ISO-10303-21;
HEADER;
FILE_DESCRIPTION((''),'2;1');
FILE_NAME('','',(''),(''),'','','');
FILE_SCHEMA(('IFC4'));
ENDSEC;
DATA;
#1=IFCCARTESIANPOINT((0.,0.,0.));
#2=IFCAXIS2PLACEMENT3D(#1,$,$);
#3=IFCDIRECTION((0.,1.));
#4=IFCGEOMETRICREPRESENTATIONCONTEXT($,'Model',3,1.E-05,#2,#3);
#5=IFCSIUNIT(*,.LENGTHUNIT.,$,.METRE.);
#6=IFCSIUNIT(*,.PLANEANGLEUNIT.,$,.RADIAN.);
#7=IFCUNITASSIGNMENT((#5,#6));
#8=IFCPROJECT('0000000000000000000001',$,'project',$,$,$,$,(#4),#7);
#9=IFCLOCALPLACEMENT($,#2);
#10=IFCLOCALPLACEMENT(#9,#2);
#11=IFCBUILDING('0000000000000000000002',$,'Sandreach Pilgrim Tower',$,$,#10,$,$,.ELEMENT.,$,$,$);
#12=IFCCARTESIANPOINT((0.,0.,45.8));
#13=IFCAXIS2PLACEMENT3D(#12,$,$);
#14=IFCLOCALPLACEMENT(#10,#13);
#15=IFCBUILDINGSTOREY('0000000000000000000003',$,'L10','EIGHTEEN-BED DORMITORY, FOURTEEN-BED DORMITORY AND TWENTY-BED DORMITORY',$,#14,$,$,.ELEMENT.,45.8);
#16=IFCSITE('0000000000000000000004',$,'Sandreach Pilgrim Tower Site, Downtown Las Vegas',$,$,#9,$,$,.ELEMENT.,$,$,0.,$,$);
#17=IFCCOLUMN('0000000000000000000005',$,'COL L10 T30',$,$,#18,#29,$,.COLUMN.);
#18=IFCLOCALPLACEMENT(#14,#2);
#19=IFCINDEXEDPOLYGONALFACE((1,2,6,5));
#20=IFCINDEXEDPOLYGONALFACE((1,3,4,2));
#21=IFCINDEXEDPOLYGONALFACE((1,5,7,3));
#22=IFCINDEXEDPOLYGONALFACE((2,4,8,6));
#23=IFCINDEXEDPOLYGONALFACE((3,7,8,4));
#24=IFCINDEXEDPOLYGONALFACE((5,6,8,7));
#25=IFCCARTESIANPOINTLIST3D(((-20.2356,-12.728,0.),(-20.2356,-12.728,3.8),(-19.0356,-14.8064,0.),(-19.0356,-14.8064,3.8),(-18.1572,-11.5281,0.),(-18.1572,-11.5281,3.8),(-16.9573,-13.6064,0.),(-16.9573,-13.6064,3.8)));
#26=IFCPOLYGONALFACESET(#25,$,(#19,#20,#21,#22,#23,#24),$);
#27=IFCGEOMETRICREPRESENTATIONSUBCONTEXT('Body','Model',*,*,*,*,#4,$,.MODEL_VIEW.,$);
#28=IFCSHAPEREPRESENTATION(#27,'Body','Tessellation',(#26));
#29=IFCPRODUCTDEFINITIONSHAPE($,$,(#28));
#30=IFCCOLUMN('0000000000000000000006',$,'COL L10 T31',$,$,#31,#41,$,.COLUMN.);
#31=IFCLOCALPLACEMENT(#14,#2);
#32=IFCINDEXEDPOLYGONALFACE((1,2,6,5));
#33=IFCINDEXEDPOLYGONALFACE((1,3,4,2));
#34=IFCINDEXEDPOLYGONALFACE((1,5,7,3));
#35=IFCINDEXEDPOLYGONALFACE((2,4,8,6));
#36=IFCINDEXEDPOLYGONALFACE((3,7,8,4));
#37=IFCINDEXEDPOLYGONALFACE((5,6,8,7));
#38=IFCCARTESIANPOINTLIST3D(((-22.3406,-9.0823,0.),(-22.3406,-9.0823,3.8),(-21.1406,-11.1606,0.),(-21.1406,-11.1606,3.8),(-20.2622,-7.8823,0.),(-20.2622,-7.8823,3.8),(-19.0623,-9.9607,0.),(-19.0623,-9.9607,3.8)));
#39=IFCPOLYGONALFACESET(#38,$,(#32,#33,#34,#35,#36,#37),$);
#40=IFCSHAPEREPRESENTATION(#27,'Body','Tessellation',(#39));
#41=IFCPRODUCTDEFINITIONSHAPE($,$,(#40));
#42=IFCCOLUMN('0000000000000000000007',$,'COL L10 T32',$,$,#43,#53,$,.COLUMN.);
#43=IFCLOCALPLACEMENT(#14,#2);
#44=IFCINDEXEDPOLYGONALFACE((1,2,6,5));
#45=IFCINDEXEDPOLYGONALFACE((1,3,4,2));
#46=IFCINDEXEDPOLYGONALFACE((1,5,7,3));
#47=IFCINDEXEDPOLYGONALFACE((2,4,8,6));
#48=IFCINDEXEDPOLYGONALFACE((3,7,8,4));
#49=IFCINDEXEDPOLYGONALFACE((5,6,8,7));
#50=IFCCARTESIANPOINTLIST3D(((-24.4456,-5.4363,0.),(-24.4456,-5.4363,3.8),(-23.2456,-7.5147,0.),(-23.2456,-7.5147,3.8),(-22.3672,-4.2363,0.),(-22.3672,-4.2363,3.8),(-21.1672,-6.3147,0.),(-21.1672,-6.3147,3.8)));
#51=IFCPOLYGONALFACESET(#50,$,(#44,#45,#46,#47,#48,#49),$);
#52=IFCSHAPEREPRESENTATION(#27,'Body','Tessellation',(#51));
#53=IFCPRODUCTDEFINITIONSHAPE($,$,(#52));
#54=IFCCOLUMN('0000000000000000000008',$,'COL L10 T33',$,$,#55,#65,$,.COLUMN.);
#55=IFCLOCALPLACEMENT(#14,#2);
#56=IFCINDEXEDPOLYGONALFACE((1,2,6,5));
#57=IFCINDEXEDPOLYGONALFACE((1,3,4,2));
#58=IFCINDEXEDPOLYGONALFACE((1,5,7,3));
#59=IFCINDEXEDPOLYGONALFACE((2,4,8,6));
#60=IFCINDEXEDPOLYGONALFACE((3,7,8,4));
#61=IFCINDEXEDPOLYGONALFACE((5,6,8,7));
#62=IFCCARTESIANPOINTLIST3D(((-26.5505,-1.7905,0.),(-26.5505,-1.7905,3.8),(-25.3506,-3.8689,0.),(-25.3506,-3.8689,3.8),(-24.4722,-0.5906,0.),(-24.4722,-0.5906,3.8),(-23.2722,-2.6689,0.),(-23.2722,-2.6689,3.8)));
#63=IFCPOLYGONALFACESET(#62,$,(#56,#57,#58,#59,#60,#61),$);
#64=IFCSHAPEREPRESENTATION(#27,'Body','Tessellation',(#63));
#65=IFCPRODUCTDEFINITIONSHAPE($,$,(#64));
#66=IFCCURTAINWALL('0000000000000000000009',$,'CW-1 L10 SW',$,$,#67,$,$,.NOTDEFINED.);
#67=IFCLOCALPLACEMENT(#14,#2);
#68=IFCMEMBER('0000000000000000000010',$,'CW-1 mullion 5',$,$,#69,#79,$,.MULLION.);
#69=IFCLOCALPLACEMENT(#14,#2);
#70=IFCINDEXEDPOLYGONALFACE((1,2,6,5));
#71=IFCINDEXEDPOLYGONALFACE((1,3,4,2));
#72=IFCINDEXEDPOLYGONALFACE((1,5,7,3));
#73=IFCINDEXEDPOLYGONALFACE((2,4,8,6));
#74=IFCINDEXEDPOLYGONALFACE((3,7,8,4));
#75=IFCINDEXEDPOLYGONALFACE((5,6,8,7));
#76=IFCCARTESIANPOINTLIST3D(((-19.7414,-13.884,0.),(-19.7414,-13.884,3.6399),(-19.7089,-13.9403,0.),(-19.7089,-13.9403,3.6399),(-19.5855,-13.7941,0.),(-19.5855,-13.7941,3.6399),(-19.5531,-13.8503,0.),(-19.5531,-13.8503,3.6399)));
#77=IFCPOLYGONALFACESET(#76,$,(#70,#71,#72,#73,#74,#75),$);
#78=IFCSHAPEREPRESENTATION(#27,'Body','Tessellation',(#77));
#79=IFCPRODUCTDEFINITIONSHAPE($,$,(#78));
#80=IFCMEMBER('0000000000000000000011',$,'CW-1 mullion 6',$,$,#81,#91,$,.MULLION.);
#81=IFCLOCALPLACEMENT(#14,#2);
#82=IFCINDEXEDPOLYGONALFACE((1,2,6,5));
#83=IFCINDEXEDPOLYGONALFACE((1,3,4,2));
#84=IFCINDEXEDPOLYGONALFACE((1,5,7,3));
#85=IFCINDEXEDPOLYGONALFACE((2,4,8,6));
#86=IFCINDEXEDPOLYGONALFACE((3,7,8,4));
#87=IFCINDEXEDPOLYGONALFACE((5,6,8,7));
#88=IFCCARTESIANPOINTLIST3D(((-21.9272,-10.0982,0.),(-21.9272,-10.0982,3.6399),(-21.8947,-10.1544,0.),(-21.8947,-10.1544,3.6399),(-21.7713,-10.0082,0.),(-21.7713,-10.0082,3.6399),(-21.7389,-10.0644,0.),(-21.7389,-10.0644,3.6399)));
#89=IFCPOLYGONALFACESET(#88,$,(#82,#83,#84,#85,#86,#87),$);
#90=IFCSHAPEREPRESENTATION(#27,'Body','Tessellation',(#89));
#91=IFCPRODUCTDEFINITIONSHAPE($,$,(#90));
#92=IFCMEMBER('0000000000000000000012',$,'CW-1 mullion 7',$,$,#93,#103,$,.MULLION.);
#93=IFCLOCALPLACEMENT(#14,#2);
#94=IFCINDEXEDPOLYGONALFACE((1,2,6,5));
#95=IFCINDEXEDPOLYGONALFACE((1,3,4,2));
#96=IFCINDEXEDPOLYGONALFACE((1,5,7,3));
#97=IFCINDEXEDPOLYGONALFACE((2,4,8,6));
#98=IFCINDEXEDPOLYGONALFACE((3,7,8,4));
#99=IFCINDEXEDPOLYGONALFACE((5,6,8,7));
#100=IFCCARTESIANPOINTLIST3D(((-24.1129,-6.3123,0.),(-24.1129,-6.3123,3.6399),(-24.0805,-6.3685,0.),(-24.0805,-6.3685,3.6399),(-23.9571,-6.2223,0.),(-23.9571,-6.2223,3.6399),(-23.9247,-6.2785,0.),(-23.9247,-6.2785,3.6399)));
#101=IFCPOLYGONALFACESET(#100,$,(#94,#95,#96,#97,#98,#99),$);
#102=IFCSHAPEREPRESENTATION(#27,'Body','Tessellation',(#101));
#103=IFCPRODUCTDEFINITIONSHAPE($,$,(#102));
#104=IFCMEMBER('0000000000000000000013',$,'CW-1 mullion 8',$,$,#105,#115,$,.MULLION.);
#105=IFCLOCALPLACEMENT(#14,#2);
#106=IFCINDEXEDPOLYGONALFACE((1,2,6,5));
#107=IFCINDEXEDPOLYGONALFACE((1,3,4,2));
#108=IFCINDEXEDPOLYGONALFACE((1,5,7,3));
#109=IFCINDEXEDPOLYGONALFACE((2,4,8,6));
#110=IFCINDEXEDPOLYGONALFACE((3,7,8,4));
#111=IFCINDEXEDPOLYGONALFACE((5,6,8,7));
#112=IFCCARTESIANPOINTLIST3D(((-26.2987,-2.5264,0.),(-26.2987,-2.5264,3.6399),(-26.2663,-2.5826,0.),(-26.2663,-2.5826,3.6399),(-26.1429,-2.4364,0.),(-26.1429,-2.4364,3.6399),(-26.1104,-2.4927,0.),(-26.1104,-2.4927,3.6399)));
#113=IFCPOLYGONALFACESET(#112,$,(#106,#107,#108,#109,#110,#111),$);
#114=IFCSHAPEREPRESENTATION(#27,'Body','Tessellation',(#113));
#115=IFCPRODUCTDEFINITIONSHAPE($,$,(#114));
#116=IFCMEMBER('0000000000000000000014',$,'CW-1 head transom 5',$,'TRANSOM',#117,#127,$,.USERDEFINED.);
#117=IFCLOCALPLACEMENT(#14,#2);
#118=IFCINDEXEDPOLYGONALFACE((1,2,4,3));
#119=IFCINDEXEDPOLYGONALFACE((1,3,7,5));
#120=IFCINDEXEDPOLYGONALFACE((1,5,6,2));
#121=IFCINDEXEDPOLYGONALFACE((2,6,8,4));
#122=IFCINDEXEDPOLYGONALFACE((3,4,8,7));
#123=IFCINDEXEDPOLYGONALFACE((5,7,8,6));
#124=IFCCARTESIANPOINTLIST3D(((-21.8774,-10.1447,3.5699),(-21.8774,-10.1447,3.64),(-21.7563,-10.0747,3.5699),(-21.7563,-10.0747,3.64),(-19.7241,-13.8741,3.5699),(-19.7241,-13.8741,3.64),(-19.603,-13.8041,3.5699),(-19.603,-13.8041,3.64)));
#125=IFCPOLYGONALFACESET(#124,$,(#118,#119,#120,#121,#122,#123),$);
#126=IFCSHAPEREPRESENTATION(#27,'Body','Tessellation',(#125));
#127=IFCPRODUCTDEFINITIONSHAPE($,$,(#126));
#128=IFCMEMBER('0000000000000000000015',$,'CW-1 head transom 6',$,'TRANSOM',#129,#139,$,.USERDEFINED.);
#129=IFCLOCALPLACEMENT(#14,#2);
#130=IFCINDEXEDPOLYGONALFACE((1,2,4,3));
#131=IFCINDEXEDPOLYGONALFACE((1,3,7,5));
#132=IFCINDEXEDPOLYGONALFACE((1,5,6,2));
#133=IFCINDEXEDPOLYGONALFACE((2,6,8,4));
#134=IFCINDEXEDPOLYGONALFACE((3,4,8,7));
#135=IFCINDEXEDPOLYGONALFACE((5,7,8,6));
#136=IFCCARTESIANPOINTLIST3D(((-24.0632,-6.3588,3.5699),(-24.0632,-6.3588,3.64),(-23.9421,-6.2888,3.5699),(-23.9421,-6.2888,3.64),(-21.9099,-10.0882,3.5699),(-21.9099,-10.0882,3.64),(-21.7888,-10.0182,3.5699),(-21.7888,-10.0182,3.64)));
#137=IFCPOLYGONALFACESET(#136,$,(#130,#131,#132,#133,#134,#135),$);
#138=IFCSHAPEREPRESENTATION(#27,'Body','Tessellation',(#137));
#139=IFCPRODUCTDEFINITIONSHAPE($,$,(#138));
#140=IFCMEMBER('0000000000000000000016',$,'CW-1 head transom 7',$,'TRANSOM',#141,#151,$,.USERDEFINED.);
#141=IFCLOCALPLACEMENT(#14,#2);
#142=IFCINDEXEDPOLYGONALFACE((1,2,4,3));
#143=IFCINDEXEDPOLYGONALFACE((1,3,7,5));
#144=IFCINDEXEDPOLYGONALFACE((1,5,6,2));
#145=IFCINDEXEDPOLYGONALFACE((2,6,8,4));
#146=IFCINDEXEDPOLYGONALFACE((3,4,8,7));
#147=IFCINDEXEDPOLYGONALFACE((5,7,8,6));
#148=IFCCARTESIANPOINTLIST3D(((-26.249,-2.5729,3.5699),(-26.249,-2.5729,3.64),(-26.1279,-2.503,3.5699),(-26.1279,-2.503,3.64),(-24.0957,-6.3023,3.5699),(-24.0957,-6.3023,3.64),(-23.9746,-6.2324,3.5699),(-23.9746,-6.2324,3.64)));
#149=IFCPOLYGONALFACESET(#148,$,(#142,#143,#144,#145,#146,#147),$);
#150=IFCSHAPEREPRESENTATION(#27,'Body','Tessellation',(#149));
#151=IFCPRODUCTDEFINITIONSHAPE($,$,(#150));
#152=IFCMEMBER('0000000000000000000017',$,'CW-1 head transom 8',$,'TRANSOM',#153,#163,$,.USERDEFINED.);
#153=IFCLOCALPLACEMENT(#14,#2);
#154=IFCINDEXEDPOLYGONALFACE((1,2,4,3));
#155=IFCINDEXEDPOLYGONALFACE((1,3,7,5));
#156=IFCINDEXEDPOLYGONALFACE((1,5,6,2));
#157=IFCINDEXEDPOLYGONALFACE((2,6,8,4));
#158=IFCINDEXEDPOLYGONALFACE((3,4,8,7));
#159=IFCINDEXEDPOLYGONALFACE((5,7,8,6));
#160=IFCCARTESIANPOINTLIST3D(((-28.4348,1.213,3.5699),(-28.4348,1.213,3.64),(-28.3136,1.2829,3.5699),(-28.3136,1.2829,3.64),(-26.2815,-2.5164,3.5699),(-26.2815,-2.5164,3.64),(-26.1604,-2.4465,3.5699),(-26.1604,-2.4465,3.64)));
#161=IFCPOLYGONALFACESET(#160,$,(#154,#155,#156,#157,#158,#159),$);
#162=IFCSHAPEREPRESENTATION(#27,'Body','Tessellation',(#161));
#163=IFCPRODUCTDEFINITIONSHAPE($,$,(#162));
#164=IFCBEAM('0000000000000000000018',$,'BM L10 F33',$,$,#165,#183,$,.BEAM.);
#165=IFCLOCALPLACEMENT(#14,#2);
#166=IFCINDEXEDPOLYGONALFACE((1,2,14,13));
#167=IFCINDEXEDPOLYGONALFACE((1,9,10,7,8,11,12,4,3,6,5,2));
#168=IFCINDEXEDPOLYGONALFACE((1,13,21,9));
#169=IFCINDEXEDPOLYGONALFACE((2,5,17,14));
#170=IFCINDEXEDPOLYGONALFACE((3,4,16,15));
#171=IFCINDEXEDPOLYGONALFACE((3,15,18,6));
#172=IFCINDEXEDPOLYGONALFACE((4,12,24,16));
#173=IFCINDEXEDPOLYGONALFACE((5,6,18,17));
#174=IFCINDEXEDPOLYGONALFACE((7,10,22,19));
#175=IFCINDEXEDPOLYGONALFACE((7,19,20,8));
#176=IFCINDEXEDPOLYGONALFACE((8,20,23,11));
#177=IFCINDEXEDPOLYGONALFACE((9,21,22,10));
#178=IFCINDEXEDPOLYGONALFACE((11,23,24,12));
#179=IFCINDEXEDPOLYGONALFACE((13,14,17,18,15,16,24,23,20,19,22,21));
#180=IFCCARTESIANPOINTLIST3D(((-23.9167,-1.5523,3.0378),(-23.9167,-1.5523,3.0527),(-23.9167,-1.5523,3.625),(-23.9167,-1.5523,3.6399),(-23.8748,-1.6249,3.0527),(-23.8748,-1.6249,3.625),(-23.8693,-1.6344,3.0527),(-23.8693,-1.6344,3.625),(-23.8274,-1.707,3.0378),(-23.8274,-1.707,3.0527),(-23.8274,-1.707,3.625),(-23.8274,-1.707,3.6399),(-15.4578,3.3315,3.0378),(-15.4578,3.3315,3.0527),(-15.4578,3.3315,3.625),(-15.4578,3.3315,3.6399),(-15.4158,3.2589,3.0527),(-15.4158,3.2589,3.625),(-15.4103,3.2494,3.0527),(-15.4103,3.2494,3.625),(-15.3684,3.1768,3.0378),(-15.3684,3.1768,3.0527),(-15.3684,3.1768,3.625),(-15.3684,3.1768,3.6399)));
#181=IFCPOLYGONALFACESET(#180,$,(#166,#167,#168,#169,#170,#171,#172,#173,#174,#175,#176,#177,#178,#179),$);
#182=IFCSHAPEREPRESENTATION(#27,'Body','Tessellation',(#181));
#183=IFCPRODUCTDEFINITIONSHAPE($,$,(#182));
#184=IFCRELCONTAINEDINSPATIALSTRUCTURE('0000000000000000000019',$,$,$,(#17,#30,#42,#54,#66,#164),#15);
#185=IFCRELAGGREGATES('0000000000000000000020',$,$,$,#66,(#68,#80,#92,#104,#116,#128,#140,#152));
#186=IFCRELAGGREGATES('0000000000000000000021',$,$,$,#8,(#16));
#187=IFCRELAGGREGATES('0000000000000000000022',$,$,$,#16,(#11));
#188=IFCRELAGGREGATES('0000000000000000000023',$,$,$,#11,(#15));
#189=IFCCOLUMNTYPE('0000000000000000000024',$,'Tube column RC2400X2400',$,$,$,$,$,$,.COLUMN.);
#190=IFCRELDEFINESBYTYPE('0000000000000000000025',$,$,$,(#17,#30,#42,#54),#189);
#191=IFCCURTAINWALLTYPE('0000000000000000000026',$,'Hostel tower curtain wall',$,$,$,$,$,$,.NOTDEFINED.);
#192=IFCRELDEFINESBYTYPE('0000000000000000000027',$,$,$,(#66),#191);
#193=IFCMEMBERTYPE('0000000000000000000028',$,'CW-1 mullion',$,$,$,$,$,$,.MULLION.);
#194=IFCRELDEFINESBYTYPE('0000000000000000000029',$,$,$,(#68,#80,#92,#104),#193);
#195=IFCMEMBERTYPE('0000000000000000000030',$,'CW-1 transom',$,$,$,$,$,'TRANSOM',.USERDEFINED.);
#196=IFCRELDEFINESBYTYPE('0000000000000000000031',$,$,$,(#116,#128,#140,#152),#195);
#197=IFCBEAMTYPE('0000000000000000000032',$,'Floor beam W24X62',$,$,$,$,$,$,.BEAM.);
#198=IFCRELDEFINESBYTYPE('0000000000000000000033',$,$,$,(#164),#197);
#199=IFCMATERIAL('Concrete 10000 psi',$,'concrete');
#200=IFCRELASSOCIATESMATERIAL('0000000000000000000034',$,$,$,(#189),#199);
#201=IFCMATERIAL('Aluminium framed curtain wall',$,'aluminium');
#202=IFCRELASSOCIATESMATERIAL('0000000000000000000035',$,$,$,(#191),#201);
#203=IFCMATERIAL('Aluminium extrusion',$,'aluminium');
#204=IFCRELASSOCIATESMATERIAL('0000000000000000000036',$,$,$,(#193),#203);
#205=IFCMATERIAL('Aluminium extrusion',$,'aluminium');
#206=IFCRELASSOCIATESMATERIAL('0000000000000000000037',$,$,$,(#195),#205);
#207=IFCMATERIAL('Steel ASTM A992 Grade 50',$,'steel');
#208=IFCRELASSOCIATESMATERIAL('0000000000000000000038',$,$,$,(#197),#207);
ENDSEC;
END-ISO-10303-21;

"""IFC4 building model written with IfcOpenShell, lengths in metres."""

from ifc_helpers import new_model, si_unit, direction, frame, origin, origin_2d, place, context, subcontext, project, spatial, rectangle, i_section, extrude, material, material_profile, profile_set, type_object, element, aggregate, save


model = new_model("IFC4")

# Units and contexts
model_context = context("Model", 3, precision=1e-05, world=origin(), true_north=direction((0.0, 1.0)))
body_context = subcontext(model_context, "Body", "Model", "MODEL_VIEW")
ifc_project = project(units=[si_unit("LENGTHUNIT", "METRE"), si_unit("PLANEANGLEUNIT", "RADIAN")], contexts=[model_context])

# Site, building, storey
site_placement = place(None, origin())
site = spatial("IfcSite", under=ifc_project, at=site_placement, Name="Sandreach Pilgrim Tower Site, Downtown Las Vegas", CompositionType="ELEMENT", RefElevation=0.0)
building_placement = place(site_placement, origin())
building = spatial("IfcBuilding", under=site, at=building_placement, Name="Sandreach Pilgrim Tower", CompositionType="ELEMENT")
storey_placement = place(building_placement, frame((0.0, 0.0, 45.8)))
storey = spatial("IfcBuildingStorey", under=building, at=storey_placement, Name="L10", Description="EIGHTEEN-BED DORMITORY, FOURTEEN-BED DORMITORY AND TWENTY-BED DORMITORY", CompositionType="ELEMENT", Elevation=45.8)

# Columns
ifc_material_1 = material(Name="Concrete 10000 psi", Category="concrete")
ifc_material_profile_1 = material_profile(ifc_material_1, rectangle(XDim=2.3999, YDim=2.3999, at=origin_2d()), Name="RC2400X2400")
ifc_profile_set_1 = profile_set([ifc_material_profile_1], Name="Concrete 10000 psi")
column_type = type_object("IfcColumnType", Name="Tube column RC2400X2400", PredefinedType="COLUMN", material=ifc_profile_set_1)
for number, where, z_axis, x_axis, name in (
    (1, (-18.5964, -13.1672, 0.0), (0.0, 0.0, 1.0), (-0.866025, -0.5, 0.0), "COL L10 T30"),
    (2, (-20.7014, -9.5215, 0.0), (0.0, 0.0, 1.0), (-0.866025, -0.5, 0.0), "COL L10 T31"),
    (3, (-22.8064, -5.8755, 0.0), (0.0, 0.0, 1.0), (-0.866025, -0.5, 0.0), "COL L10 T32"),
    (4, (-24.9114, -2.2297, 0.0), (0.0, 0.0, 1.0), (-0.866025, -0.5, 0.0), "COL L10 T33"),
):
    element("IfcColumn", number, at=place(storey_placement, frame(where, z_axis=z_axis, x_axis=x_axis)), inside=storey, type_object=column_type, Name=name, PredefinedType="COLUMN", context=body_context, shape_type="SweptSolid", body=[
        extrude(rectangle(XDim=2.3999, YDim=2.3999, at=origin_2d()), origin(), (0.0, 0.0, 1.0), 3.8),
    ])

# Curtain wall, members
ifc_material_2 = material(Name="Aluminium framed curtain wall", Category="aluminium")
curtain_wall_type = type_object("IfcCurtainWallType", Name="Hostel tower curtain wall", PredefinedType="NOTDEFINED", material=ifc_material_2)
curtain_wall_placement = place(storey_placement, origin())
curtain_wall = element("IfcCurtainWall", 5, at=curtain_wall_placement, inside=storey, type_object=curtain_wall_type, Name="CW-1 L10 SW", PredefinedType="NOTDEFINED")
ifc_material_3 = material(Name="Aluminium extrusion", Category="aluminium")
ifc_material_profile_2 = material_profile(ifc_material_3, rectangle(XDim=0.0649, YDim=0.1799, at=origin_2d()), Name="CW-1M 65X180")
ifc_profile_set_2 = profile_set([ifc_material_profile_2], Name="Aluminium extrusion")
member_type_1 = type_object("IfcMemberType", Name="CW-1 mullion", PredefinedType="MULLION", material=ifc_profile_set_2)
member_1_placement = place(storey_placement, frame((-19.6472, -13.8672, 0.0), z_axis=(0.0, 0.0, 1.0), x_axis=(-0.5, 0.866025, 0.0)))
member_1 = element("IfcMember", 6, at=member_1_placement, type_object=member_type_1, Name="CW-1 mullion 5", PredefinedType="MULLION", context=body_context, shape_type="SweptSolid", body=[
    extrude(rectangle(XDim=0.0649, YDim=0.1799, at=origin_2d()), origin(), (0.0, 0.0, 1.0), 3.6399),
])
member_2_placement = place(storey_placement, frame((-21.833, -10.0813, 0.0), z_axis=(0.0, 0.0, 1.0), x_axis=(-0.5, 0.866025, 0.0)))
member_2 = element("IfcMember", 7, at=member_2_placement, type_object=member_type_1, Name="CW-1 mullion 6", PredefinedType="MULLION", context=body_context, shape_type="SweptSolid", body=[
    extrude(rectangle(XDim=0.0649, YDim=0.1799, at=origin_2d()), origin(), (0.0, 0.0, 1.0), 3.6399),
])
member_3_placement = place(storey_placement, frame((-24.0188, -6.2954, 0.0), z_axis=(0.0, 0.0, 1.0), x_axis=(-0.5, 0.866025, 0.0)))
member_3 = element("IfcMember", 8, at=member_3_placement, type_object=member_type_1, Name="CW-1 mullion 7", PredefinedType="MULLION", context=body_context, shape_type="SweptSolid", body=[
    extrude(rectangle(XDim=0.0649, YDim=0.1799, at=origin_2d()), origin(), (0.0, 0.0, 1.0), 3.6399),
])
member_4_placement = place(storey_placement, frame((-26.2046, -2.5095, 0.0), z_axis=(0.0, 0.0, 1.0), x_axis=(-0.5, 0.866025, 0.0)))
member_4 = element("IfcMember", 9, at=member_4_placement, type_object=member_type_1, Name="CW-1 mullion 8", PredefinedType="MULLION", context=body_context, shape_type="SweptSolid", body=[
    extrude(rectangle(XDim=0.0649, YDim=0.1799, at=origin_2d()), origin(), (0.0, 0.0, 1.0), 3.6399),
])
ifc_material_4 = material(Name="Aluminium extrusion", Category="aluminium")
ifc_material_profile_3 = material_profile(ifc_material_4, rectangle(XDim=0.1399, YDim=0.0701, at=origin_2d()), Name="CW-1T 140X70")
ifc_profile_set_3 = profile_set([ifc_material_profile_3], Name="Aluminium extrusion")
member_type_2 = type_object("IfcMemberType", Name="CW-1 transom", ElementType="TRANSOM", PredefinedType="USERDEFINED", material=ifc_profile_set_3)
member_5_placement = place(storey_placement, frame((-19.6636, -13.8391, 3.605), z_axis=(-0.500017, 0.866016, 0.0), x_axis=(-0.866016, -0.500017, 0.0)))
member_5 = element("IfcMember", 10, at=member_5_placement, type_object=member_type_2, Name="CW-1 head transom 5", ObjectType="TRANSOM", PredefinedType="USERDEFINED", context=body_context, shape_type="SweptSolid", body=[
    extrude(rectangle(XDim=0.1399, YDim=0.0701, at=origin_2d()), origin(), (0.0, 0.0, 1.0), 4.3064),
])
member_6_placement = place(storey_placement, frame((-21.8494, -10.0532, 3.605), z_axis=(-0.500017, 0.866016, 0.0), x_axis=(-0.866016, -0.500017, 0.0)))
member_6 = element("IfcMember", 11, at=member_6_placement, type_object=member_type_2, Name="CW-1 head transom 6", ObjectType="TRANSOM", PredefinedType="USERDEFINED", context=body_context, shape_type="SweptSolid", body=[
    extrude(rectangle(XDim=0.1399, YDim=0.0701, at=origin_2d()), origin(), (0.0, 0.0, 1.0), 4.3064),
])
member_7_placement = place(storey_placement, frame((-24.0352, -6.2673, 3.605), z_axis=(-0.500017, 0.866016, 0.0), x_axis=(-0.866016, -0.500017, 0.0)))
member_7 = element("IfcMember", 12, at=member_7_placement, type_object=member_type_2, Name="CW-1 head transom 7", ObjectType="TRANSOM", PredefinedType="USERDEFINED", context=body_context, shape_type="SweptSolid", body=[
    extrude(rectangle(XDim=0.1399, YDim=0.0701, at=origin_2d()), origin(), (0.0, 0.0, 1.0), 4.3064),
])
member_8_placement = place(storey_placement, frame((-26.2209, -2.4814, 3.605), z_axis=(-0.500017, 0.866016, 0.0), x_axis=(-0.866016, -0.500017, 0.0)))
member_8 = element("IfcMember", 13, at=member_8_placement, type_object=member_type_2, Name="CW-1 head transom 8", ObjectType="TRANSOM", PredefinedType="USERDEFINED", context=body_context, shape_type="SweptSolid", body=[
    extrude(rectangle(XDim=0.1399, YDim=0.0701, at=origin_2d()), origin(), (0.0, 0.0, 1.0), 4.3064),
])

# Beam
ifc_material_5 = material(Name="Steel ASTM A992 Grade 50", Category="steel")
ifc_material_profile_4 = material_profile(ifc_material_5, i_section(OverallWidth=0.1787, OverallDepth=0.6021, WebThickness=0.011, FlangeThickness=0.0149, at=origin_2d()), Name="W24X62")
ifc_profile_set_4 = profile_set([ifc_material_profile_4], Name="Steel ASTM A992 Grade 50")
beam_type_1 = type_object("IfcBeamType", Name="Floor beam W24X62", PredefinedType="BEAM", material=ifc_profile_set_4)
beam_1_placement = place(storey_placement, frame((-23.8721, -1.6296, 3.3389), z_axis=(0.866026, 0.499999, 0.0), x_axis=(-0.499999, 0.866026, 0.0)))
element("IfcBeam", 14, at=beam_1_placement, inside=storey, type_object=beam_type_1, Name="BM L10 F33", PredefinedType="BEAM", context=body_context, shape_type="SweptSolid", body=[
    extrude(i_section(OverallWidth=0.1787, OverallDepth=0.6021, WebThickness=0.011, FlangeThickness=0.0149, at=origin_2d()), origin(), (0.0, 0.0, 1.0), 9.7676),
])

aggregate(curtain_wall, [member_1, member_2, member_3, member_4, member_5, member_6, member_7, member_8])

save(model, "model.ifc")
